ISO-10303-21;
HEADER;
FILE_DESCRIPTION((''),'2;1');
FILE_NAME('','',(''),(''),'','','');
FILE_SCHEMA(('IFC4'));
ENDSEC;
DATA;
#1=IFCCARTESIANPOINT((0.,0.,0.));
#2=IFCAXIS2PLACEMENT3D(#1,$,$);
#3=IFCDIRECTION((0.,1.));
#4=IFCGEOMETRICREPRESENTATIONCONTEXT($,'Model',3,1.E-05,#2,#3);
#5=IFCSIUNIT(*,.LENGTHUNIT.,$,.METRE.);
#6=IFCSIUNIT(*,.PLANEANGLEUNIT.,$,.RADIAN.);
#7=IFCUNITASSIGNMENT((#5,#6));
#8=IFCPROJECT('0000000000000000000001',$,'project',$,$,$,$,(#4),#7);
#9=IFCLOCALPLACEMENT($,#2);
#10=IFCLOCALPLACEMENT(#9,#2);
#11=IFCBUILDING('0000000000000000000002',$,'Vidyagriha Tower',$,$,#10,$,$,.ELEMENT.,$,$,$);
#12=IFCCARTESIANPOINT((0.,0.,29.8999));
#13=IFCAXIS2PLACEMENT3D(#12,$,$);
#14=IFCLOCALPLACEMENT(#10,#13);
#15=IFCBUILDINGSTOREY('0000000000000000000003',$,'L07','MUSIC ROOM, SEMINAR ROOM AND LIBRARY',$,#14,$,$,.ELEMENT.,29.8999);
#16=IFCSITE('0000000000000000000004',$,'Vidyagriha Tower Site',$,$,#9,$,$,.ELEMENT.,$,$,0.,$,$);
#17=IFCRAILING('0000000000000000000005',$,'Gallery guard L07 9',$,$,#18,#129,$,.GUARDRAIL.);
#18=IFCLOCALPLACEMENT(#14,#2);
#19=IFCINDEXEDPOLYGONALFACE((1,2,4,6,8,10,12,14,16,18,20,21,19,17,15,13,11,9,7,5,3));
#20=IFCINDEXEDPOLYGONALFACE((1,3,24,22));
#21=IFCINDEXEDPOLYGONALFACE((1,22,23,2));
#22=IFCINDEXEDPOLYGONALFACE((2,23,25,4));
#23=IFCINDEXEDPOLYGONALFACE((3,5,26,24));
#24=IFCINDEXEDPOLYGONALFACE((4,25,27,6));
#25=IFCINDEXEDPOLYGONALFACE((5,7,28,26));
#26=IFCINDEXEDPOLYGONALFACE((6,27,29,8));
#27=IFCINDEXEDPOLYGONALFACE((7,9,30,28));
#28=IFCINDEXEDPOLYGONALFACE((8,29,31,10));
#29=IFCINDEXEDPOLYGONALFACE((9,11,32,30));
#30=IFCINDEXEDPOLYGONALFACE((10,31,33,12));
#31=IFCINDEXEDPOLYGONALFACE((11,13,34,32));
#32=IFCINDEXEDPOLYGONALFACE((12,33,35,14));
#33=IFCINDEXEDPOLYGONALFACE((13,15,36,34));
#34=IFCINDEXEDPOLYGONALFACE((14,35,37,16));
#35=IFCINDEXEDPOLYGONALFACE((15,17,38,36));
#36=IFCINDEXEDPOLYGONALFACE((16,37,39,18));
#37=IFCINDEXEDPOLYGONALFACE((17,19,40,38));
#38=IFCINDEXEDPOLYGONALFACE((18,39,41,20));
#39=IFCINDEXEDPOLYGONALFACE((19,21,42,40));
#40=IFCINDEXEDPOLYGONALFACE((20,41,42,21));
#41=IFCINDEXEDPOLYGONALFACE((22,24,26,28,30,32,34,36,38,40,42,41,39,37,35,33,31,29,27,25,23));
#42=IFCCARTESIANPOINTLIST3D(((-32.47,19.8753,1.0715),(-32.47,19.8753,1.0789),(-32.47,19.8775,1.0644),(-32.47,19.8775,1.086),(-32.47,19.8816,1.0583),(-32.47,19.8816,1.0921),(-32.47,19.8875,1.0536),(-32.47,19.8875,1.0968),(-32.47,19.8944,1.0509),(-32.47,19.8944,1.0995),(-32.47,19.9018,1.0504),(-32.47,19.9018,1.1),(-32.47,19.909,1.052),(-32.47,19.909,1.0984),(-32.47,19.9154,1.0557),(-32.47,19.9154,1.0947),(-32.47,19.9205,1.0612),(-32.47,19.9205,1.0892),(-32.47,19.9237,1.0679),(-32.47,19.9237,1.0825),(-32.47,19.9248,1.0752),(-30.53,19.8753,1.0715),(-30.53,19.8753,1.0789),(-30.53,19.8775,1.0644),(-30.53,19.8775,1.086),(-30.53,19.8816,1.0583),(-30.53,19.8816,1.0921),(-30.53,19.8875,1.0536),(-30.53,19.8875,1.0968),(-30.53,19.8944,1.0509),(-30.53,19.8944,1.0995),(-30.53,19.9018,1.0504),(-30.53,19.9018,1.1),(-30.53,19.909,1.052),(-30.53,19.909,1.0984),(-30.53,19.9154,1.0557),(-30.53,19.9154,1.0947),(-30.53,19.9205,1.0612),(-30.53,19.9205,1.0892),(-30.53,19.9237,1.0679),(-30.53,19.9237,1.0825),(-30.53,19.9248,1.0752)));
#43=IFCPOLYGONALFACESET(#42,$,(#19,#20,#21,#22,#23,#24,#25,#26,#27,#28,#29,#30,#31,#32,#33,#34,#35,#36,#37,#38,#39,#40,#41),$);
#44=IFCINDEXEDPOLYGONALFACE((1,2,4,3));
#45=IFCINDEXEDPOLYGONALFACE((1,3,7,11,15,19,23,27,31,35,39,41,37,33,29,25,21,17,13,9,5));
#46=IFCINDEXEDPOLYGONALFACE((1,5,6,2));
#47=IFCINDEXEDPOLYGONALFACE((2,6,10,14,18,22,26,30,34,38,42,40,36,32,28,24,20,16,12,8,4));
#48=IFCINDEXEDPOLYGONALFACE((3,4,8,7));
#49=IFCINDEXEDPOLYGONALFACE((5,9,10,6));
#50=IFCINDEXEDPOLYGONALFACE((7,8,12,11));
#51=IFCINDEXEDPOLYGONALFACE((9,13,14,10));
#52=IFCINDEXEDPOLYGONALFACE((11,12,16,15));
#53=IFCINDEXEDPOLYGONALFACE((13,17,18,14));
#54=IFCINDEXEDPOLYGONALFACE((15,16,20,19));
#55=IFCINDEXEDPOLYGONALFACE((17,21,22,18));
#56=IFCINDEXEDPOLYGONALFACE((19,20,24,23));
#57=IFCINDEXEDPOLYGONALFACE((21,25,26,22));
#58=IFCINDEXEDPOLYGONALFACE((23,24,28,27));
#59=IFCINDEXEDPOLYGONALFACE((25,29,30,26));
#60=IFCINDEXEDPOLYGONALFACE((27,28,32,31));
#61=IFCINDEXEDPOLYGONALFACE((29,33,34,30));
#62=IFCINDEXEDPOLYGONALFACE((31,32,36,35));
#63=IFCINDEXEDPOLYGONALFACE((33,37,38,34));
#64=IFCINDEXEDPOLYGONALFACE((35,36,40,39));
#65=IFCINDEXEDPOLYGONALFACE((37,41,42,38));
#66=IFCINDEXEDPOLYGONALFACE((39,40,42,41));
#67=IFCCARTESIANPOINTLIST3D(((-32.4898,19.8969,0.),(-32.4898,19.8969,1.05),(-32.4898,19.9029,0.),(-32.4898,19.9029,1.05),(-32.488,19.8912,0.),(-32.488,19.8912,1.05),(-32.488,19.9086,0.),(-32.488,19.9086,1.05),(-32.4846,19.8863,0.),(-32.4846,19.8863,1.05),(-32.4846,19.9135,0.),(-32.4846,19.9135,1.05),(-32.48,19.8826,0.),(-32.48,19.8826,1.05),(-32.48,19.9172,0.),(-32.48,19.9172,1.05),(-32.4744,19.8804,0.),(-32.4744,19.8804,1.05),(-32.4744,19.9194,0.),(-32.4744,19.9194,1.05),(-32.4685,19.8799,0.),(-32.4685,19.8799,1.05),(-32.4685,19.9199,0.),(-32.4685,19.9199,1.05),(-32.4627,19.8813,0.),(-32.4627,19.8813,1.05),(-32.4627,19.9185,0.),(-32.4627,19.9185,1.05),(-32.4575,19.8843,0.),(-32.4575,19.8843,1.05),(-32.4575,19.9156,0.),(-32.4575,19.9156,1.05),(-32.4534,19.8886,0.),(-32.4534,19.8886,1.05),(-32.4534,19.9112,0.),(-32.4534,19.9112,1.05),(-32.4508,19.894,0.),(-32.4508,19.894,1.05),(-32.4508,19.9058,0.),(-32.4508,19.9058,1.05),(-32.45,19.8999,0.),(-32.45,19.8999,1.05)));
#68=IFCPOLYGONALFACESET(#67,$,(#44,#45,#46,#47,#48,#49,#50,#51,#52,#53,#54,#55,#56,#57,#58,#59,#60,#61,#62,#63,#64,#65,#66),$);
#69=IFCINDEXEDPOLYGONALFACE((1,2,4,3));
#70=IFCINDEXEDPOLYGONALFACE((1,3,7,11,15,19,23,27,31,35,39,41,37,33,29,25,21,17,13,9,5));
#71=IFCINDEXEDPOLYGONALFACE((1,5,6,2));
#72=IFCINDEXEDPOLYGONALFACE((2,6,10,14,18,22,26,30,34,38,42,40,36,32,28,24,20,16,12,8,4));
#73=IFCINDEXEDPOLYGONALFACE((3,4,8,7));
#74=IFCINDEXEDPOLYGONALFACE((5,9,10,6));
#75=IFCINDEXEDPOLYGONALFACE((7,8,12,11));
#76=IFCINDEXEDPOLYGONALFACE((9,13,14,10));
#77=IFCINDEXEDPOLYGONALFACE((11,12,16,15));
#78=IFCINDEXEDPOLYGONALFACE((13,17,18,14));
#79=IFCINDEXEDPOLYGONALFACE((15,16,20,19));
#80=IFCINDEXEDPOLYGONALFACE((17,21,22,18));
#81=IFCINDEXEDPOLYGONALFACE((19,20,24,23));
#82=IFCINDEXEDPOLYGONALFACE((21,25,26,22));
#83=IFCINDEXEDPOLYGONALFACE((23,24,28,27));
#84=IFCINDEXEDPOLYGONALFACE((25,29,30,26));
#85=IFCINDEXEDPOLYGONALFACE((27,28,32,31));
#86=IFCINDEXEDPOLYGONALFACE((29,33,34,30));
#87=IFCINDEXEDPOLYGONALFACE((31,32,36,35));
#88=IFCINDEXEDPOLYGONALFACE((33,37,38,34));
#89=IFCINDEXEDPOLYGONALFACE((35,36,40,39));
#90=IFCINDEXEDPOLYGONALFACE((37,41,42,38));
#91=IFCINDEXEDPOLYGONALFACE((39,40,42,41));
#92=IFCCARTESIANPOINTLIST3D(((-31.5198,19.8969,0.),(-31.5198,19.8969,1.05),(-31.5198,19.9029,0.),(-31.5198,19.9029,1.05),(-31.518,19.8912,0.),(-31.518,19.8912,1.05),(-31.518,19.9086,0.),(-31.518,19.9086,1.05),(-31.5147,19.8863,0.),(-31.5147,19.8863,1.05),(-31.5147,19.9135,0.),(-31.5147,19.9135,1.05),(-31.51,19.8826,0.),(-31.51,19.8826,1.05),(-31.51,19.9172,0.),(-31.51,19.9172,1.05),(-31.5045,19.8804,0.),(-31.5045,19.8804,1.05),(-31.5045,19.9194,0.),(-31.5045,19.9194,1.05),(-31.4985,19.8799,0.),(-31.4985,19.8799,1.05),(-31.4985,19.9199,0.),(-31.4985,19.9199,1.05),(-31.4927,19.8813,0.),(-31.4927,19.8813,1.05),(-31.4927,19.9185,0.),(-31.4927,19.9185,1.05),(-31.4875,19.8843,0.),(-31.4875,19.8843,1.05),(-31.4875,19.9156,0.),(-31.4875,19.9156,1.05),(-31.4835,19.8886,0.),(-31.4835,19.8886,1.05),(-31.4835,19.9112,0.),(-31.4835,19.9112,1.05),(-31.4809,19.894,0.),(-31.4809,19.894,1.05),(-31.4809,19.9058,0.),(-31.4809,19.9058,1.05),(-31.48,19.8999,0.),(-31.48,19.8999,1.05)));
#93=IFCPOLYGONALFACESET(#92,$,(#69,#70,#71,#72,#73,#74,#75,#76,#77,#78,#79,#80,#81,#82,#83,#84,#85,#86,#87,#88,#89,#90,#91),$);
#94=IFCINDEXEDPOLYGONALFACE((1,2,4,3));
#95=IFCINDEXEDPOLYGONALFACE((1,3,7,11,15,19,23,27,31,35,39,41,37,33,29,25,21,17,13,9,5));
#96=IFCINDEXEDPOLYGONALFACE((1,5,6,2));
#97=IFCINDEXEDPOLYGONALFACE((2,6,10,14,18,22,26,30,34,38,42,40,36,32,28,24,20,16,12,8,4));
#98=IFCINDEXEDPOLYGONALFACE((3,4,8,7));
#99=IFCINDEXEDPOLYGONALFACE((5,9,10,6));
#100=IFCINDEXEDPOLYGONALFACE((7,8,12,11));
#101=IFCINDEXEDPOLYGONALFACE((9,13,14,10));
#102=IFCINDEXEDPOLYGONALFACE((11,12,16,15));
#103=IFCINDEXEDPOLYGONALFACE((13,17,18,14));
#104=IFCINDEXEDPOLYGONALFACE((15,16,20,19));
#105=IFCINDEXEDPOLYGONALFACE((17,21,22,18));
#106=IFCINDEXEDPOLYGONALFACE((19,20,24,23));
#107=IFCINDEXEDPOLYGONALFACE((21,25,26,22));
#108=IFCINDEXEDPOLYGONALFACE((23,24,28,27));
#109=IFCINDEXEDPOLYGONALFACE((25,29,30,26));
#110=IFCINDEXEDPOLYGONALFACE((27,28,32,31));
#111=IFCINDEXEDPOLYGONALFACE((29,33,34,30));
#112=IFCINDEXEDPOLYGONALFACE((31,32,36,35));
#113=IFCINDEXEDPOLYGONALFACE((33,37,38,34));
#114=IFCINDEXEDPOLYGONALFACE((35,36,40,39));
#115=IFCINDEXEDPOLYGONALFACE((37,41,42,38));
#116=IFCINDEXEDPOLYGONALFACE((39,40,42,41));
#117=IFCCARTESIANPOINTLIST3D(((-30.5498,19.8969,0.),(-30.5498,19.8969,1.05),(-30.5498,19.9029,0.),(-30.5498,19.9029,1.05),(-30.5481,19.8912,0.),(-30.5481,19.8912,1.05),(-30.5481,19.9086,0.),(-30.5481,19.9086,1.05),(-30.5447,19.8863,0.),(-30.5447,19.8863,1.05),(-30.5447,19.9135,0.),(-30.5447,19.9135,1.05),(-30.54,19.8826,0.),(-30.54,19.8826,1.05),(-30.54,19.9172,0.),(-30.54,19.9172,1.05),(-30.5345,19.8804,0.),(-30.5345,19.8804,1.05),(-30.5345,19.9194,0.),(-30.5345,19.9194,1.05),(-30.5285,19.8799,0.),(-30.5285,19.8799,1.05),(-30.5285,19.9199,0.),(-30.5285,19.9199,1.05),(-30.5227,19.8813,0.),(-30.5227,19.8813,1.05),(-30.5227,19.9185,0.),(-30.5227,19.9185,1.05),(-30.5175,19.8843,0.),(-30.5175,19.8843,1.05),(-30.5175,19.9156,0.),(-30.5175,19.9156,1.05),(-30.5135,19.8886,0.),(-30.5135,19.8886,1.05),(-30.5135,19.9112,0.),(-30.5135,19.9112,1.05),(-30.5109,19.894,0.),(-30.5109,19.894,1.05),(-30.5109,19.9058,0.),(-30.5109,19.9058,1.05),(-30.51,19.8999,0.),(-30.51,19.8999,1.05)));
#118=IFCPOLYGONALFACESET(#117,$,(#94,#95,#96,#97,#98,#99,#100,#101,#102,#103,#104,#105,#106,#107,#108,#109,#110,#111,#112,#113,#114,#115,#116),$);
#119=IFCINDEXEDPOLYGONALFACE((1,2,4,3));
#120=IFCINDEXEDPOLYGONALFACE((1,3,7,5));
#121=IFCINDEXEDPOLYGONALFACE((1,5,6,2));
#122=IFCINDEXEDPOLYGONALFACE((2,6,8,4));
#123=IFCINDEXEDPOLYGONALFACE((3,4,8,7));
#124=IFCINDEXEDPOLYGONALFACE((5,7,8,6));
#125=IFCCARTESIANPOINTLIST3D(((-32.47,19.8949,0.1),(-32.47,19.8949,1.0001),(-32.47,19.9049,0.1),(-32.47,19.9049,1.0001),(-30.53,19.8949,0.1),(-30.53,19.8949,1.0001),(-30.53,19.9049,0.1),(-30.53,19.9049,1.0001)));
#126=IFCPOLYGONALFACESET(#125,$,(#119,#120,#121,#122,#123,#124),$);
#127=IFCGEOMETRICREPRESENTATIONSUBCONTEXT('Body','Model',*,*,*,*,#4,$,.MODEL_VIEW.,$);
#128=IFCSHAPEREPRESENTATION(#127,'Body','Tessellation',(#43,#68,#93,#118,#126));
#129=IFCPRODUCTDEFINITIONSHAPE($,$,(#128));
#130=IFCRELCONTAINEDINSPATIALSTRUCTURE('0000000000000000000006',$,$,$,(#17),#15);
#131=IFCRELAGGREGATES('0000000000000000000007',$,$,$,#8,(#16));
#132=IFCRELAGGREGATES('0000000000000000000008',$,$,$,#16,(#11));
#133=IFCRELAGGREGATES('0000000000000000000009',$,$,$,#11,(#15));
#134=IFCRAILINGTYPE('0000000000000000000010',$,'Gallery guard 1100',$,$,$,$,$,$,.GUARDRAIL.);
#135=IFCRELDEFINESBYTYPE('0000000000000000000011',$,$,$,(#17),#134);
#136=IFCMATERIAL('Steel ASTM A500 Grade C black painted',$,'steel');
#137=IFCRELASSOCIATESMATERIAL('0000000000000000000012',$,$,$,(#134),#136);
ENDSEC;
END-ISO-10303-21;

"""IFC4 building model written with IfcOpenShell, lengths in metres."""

from ifc_helpers import new_model, si_unit, direction, frame, origin, origin_2d, place, context, subcontext, project, spatial, rectangle, circle, extrude, material, type_object, element, save


model = new_model("IFC4")

# Units and contexts
model_context = context("Model", 3, precision=1e-05, world=origin(), true_north=direction((0.0, 1.0)))
body_context = subcontext(model_context, "Body", "Model", "MODEL_VIEW")
ifc_project = project(units=[si_unit("LENGTHUNIT", "METRE"), si_unit("PLANEANGLEUNIT", "RADIAN")], contexts=[model_context])

# Site, building, storey
site_placement = place(None, origin())
site = spatial("IfcSite", under=ifc_project, at=site_placement, Name="Vidyagriha Tower Site", CompositionType="ELEMENT", RefElevation=0.0)
building_placement = place(site_placement, origin())
building = spatial("IfcBuilding", under=site, at=building_placement, Name="Vidyagriha Tower", CompositionType="ELEMENT")
storey_placement = place(building_placement, frame((0.0, 0.0, 29.8999)))
storey = spatial("IfcBuildingStorey", under=building, at=storey_placement, Name="L07", Description="MUSIC ROOM, SEMINAR ROOM AND LIBRARY", CompositionType="ELEMENT", Elevation=29.8999)

# Railing
ifc_material_1 = material(Name="Steel ASTM A500 Grade C black painted", Category="steel")
railing_type = type_object("IfcRailingType", Name="Gallery guard 1100", PredefinedType="GUARDRAIL", material=ifc_material_1)
railing_1_placement = place(storey_placement, frame((-32.47, 19.8999, 0.0)))
element("IfcRailing", 1, at=railing_1_placement, inside=storey, type_object=railing_type, Name="Gallery guard L07 9", PredefinedType="GUARDRAIL", context=body_context, shape_type="SweptSolid", body=[
    extrude(circle(Radius=0.0249, at=origin_2d()), frame((0.0, 0.0, 1.0752), z_axis=(1.0, 0.0, 0.0), x_axis=(0.0, 1.0, 0.0)), (0.0, 0.0, 1.0), 1.9399),
    extrude(circle(Radius=0.02, at=origin_2d()), origin(), (0.0, 0.0, 1.0), 1.05),
    extrude(circle(Radius=0.02, at=origin_2d()), frame((0.97, 0.0, 0.0)), (0.0, 0.0, 1.0), 1.05),
    extrude(circle(Radius=0.02, at=origin_2d()), frame((1.9399, 0.0, 0.0)), (0.0, 0.0, 1.0), 1.05),
    extrude(rectangle(XDim=0.01, YDim=0.9001, at=origin_2d()), frame((0.0, 0.0, 0.55), z_axis=(1.0, 0.0, 0.0), x_axis=(0.0, 1.0, 0.0)), (0.0, 0.0, 1.0), 1.9399),
])

save(model, "model.ifc")
